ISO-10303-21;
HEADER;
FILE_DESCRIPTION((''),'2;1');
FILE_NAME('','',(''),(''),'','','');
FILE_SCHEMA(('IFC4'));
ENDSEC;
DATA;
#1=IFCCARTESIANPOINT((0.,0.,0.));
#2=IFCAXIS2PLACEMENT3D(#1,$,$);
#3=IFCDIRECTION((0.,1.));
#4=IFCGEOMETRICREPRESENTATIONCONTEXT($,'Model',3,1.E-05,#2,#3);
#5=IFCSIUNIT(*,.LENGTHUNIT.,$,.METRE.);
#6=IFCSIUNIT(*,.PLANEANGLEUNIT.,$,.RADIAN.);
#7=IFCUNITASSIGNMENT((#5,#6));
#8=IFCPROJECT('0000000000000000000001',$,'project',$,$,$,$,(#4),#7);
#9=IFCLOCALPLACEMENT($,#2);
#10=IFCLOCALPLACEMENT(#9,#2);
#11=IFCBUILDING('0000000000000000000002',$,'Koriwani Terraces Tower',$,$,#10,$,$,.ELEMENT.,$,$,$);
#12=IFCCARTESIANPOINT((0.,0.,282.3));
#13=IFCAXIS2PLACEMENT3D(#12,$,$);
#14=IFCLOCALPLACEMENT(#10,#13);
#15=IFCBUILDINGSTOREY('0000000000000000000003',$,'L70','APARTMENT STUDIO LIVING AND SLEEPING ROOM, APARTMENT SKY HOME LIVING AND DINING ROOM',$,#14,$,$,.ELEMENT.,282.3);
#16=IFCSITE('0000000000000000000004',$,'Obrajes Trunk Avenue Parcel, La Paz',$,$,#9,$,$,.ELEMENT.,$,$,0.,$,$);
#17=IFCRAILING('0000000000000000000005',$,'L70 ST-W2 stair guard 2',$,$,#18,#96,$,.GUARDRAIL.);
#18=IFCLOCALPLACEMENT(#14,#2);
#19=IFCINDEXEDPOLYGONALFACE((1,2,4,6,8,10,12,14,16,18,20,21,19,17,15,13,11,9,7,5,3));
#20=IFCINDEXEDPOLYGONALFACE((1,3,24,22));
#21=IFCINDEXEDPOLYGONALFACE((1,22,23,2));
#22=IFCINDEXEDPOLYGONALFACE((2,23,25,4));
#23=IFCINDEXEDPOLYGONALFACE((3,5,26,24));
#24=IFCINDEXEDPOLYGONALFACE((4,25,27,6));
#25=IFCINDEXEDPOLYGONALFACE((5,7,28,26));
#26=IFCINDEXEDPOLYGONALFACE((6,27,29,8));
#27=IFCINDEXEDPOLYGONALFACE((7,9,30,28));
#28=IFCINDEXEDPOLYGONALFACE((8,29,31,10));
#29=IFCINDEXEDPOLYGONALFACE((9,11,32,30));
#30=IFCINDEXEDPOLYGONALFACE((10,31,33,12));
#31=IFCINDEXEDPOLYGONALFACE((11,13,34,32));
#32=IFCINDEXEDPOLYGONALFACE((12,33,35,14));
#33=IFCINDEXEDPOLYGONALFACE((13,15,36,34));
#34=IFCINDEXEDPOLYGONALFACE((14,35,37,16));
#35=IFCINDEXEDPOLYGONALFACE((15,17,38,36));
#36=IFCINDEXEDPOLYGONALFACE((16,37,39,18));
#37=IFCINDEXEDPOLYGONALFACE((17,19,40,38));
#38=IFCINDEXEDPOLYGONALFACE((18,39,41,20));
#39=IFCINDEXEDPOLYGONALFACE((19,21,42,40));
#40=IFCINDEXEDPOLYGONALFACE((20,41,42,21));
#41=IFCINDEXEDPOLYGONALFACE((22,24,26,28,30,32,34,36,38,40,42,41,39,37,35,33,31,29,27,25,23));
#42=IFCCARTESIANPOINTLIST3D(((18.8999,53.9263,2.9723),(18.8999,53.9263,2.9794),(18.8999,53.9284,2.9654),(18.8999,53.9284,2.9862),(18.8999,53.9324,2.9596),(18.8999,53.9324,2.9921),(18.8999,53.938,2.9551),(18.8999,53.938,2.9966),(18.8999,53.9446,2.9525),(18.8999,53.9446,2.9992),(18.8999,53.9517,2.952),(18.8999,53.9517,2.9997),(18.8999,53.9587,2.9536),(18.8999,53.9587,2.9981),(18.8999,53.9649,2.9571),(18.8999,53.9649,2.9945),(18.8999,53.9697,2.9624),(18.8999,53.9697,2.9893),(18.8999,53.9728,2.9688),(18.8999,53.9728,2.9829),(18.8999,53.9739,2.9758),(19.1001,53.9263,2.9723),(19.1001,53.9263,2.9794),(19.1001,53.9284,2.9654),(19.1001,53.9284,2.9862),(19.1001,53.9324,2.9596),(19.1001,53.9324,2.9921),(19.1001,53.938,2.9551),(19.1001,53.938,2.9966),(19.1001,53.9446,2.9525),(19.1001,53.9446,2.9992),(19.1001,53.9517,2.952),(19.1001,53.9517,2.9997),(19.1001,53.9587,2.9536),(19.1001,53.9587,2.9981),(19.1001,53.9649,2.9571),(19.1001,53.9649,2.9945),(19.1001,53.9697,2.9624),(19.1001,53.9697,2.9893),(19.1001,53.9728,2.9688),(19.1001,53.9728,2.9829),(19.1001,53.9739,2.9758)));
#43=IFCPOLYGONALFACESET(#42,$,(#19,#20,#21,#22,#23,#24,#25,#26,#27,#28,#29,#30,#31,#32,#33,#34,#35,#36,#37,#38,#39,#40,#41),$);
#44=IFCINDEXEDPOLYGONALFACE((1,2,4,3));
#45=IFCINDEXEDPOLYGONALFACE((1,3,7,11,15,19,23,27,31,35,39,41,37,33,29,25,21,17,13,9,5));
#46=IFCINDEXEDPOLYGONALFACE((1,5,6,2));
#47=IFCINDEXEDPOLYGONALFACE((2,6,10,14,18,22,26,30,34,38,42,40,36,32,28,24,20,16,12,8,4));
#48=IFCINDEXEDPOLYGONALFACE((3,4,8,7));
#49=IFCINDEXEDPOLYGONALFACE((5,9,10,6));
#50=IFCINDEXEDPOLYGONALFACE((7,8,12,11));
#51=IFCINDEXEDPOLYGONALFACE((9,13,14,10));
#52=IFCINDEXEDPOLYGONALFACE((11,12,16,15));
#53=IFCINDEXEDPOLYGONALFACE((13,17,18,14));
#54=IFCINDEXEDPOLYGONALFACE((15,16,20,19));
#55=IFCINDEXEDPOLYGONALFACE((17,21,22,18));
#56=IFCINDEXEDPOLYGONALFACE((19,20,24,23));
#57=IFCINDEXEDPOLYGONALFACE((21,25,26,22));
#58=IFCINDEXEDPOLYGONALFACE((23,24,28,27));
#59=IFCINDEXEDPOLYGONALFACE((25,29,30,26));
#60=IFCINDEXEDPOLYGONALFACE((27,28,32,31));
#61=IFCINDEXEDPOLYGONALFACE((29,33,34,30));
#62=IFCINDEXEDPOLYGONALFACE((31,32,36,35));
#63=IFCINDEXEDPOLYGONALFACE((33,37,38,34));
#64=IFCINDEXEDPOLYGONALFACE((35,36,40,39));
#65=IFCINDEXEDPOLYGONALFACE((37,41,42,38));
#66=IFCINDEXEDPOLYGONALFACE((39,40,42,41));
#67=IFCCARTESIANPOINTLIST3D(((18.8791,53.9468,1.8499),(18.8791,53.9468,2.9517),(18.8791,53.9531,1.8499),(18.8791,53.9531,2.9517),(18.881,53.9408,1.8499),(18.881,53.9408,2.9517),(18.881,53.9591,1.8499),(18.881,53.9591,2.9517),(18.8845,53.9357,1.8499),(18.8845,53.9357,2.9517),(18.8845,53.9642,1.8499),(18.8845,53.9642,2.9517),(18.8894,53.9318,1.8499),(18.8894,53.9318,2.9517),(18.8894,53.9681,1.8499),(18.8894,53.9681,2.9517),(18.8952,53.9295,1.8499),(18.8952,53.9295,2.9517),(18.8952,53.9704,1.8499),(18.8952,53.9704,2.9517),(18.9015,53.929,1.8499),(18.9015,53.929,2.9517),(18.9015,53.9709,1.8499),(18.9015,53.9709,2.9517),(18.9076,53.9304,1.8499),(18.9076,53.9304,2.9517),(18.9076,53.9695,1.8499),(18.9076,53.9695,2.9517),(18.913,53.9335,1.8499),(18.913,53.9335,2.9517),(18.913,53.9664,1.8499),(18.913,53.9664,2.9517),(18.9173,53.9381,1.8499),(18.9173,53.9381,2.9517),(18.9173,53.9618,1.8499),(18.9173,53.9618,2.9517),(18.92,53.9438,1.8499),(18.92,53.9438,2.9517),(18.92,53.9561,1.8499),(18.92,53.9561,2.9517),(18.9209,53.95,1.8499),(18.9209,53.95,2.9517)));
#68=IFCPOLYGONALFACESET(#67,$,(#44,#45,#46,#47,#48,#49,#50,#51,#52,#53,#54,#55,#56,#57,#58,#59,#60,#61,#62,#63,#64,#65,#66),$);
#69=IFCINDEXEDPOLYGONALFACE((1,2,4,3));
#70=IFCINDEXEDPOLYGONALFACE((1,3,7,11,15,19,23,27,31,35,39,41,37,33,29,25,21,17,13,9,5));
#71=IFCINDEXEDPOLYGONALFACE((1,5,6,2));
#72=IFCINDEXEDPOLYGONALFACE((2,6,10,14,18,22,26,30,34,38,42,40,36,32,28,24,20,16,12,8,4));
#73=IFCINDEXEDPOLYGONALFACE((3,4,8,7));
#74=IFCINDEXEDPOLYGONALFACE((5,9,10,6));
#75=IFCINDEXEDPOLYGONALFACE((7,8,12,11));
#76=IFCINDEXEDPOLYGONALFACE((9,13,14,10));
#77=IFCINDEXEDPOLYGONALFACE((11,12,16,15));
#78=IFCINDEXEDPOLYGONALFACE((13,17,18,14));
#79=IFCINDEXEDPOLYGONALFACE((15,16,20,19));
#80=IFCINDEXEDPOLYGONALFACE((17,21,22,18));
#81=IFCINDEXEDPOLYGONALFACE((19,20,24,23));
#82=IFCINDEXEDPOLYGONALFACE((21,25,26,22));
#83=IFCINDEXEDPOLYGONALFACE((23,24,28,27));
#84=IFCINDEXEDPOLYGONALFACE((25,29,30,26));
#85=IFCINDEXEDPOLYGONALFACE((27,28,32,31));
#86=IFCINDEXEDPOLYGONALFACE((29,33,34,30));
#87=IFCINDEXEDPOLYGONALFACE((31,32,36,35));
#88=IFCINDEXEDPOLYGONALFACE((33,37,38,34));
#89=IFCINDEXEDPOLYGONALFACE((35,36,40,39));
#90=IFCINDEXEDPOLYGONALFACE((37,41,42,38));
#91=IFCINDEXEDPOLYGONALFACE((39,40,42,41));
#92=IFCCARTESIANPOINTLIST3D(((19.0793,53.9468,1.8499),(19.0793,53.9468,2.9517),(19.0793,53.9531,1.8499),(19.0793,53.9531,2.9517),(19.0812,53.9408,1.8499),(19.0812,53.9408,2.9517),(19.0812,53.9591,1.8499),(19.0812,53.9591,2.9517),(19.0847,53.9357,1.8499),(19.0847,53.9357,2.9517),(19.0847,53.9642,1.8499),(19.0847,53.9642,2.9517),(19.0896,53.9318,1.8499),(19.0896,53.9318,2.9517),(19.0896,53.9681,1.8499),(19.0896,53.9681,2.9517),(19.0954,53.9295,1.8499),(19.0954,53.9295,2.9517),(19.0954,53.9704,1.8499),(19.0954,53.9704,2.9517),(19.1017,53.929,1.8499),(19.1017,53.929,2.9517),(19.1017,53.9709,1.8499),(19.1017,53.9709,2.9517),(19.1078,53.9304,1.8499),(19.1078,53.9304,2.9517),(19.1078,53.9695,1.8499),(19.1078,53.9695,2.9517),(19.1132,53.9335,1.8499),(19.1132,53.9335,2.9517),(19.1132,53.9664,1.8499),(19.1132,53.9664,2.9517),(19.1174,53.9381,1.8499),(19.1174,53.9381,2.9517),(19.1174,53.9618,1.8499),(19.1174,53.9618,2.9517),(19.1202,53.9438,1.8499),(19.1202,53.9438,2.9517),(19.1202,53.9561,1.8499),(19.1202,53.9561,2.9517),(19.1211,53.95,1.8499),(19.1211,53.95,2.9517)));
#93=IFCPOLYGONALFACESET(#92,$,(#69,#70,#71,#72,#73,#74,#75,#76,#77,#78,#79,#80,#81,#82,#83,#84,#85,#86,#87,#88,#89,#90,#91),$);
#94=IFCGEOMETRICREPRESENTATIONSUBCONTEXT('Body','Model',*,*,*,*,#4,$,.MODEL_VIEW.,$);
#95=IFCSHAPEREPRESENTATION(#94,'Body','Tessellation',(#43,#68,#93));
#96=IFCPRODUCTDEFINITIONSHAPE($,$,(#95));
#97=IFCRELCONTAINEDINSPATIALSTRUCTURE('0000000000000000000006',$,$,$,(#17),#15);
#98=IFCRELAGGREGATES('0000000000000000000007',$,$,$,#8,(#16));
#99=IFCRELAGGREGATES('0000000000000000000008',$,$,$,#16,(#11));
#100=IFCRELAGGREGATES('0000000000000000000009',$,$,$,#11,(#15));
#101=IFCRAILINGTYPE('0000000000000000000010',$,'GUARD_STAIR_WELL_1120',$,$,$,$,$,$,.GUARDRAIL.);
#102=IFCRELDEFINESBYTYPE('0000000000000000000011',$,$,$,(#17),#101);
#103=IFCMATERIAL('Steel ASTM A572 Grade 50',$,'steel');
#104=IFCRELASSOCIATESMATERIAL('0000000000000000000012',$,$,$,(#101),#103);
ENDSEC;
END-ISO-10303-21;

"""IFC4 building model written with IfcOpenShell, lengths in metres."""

from ifc_helpers import new_model, si_unit, direction, frame, origin, origin_2d, place, context, subcontext, project, spatial, circle, extrude, material, type_object, element, save


model = new_model("IFC4")

# Units and contexts
model_context = context("Model", 3, precision=1e-05, world=origin(), true_north=direction((0.0, 1.0)))
body_context = subcontext(model_context, "Body", "Model", "MODEL_VIEW")
ifc_project = project(units=[si_unit("LENGTHUNIT", "METRE"), si_unit("PLANEANGLEUNIT", "RADIAN")], contexts=[model_context])

# Site, building, storey
site_placement = place(None, origin())
site = spatial("IfcSite", under=ifc_project, at=site_placement, Name="Obrajes Trunk Avenue Parcel, La Paz", CompositionType="ELEMENT", RefElevation=0.0)
building_placement = place(site_placement, origin())
building = spatial("IfcBuilding", under=site, at=building_placement, Name="Koriwani Terraces Tower", CompositionType="ELEMENT")
storey_placement = place(building_placement, frame((0.0, 0.0, 282.3)))
storey = spatial("IfcBuildingStorey", under=building, at=storey_placement, Name="L70", Description="APARTMENT STUDIO LIVING AND SLEEPING ROOM, APARTMENT SKY HOME LIVING AND DINING ROOM", CompositionType="ELEMENT", Elevation=282.3)

# Shared definitions
ifc_material_1 = material(Name="Steel ASTM A572 Grade 50", Category="steel")

# Railing
railing_type_1 = type_object("IfcRailingType", Name="GUARD_STAIR_WELL_1120", PredefinedType="GUARDRAIL", material=ifc_material_1)
railing_1_placement = place(storey_placement, frame((18.8999, 53.95, 1.8499)))
element("IfcRailing", 1, at=railing_1_placement, inside=storey, type_object=railing_type_1, Name="L70 ST-W2 stair guard 2", PredefinedType="GUARDRAIL", context=body_context, shape_type="SweptSolid", body=[
    extrude(circle(Radius=0.0239, at=origin_2d()), frame((0.0, 0.0, 1.126), z_axis=(1.0, 0.0, 0.0), x_axis=(0.0, 1.0, 0.0)), (0.0, 0.0, 1.0), 0.2002),
    extrude(circle(Radius=0.021, at=origin_2d()), origin(), (0.0, 0.0, 1.0), 1.1018),
    extrude(circle(Radius=0.021, at=origin_2d()), frame((0.2002, 0.0, 0.0)), (0.0, 0.0, 1.0), 1.1018),
])

save(model, "model.ifc")
